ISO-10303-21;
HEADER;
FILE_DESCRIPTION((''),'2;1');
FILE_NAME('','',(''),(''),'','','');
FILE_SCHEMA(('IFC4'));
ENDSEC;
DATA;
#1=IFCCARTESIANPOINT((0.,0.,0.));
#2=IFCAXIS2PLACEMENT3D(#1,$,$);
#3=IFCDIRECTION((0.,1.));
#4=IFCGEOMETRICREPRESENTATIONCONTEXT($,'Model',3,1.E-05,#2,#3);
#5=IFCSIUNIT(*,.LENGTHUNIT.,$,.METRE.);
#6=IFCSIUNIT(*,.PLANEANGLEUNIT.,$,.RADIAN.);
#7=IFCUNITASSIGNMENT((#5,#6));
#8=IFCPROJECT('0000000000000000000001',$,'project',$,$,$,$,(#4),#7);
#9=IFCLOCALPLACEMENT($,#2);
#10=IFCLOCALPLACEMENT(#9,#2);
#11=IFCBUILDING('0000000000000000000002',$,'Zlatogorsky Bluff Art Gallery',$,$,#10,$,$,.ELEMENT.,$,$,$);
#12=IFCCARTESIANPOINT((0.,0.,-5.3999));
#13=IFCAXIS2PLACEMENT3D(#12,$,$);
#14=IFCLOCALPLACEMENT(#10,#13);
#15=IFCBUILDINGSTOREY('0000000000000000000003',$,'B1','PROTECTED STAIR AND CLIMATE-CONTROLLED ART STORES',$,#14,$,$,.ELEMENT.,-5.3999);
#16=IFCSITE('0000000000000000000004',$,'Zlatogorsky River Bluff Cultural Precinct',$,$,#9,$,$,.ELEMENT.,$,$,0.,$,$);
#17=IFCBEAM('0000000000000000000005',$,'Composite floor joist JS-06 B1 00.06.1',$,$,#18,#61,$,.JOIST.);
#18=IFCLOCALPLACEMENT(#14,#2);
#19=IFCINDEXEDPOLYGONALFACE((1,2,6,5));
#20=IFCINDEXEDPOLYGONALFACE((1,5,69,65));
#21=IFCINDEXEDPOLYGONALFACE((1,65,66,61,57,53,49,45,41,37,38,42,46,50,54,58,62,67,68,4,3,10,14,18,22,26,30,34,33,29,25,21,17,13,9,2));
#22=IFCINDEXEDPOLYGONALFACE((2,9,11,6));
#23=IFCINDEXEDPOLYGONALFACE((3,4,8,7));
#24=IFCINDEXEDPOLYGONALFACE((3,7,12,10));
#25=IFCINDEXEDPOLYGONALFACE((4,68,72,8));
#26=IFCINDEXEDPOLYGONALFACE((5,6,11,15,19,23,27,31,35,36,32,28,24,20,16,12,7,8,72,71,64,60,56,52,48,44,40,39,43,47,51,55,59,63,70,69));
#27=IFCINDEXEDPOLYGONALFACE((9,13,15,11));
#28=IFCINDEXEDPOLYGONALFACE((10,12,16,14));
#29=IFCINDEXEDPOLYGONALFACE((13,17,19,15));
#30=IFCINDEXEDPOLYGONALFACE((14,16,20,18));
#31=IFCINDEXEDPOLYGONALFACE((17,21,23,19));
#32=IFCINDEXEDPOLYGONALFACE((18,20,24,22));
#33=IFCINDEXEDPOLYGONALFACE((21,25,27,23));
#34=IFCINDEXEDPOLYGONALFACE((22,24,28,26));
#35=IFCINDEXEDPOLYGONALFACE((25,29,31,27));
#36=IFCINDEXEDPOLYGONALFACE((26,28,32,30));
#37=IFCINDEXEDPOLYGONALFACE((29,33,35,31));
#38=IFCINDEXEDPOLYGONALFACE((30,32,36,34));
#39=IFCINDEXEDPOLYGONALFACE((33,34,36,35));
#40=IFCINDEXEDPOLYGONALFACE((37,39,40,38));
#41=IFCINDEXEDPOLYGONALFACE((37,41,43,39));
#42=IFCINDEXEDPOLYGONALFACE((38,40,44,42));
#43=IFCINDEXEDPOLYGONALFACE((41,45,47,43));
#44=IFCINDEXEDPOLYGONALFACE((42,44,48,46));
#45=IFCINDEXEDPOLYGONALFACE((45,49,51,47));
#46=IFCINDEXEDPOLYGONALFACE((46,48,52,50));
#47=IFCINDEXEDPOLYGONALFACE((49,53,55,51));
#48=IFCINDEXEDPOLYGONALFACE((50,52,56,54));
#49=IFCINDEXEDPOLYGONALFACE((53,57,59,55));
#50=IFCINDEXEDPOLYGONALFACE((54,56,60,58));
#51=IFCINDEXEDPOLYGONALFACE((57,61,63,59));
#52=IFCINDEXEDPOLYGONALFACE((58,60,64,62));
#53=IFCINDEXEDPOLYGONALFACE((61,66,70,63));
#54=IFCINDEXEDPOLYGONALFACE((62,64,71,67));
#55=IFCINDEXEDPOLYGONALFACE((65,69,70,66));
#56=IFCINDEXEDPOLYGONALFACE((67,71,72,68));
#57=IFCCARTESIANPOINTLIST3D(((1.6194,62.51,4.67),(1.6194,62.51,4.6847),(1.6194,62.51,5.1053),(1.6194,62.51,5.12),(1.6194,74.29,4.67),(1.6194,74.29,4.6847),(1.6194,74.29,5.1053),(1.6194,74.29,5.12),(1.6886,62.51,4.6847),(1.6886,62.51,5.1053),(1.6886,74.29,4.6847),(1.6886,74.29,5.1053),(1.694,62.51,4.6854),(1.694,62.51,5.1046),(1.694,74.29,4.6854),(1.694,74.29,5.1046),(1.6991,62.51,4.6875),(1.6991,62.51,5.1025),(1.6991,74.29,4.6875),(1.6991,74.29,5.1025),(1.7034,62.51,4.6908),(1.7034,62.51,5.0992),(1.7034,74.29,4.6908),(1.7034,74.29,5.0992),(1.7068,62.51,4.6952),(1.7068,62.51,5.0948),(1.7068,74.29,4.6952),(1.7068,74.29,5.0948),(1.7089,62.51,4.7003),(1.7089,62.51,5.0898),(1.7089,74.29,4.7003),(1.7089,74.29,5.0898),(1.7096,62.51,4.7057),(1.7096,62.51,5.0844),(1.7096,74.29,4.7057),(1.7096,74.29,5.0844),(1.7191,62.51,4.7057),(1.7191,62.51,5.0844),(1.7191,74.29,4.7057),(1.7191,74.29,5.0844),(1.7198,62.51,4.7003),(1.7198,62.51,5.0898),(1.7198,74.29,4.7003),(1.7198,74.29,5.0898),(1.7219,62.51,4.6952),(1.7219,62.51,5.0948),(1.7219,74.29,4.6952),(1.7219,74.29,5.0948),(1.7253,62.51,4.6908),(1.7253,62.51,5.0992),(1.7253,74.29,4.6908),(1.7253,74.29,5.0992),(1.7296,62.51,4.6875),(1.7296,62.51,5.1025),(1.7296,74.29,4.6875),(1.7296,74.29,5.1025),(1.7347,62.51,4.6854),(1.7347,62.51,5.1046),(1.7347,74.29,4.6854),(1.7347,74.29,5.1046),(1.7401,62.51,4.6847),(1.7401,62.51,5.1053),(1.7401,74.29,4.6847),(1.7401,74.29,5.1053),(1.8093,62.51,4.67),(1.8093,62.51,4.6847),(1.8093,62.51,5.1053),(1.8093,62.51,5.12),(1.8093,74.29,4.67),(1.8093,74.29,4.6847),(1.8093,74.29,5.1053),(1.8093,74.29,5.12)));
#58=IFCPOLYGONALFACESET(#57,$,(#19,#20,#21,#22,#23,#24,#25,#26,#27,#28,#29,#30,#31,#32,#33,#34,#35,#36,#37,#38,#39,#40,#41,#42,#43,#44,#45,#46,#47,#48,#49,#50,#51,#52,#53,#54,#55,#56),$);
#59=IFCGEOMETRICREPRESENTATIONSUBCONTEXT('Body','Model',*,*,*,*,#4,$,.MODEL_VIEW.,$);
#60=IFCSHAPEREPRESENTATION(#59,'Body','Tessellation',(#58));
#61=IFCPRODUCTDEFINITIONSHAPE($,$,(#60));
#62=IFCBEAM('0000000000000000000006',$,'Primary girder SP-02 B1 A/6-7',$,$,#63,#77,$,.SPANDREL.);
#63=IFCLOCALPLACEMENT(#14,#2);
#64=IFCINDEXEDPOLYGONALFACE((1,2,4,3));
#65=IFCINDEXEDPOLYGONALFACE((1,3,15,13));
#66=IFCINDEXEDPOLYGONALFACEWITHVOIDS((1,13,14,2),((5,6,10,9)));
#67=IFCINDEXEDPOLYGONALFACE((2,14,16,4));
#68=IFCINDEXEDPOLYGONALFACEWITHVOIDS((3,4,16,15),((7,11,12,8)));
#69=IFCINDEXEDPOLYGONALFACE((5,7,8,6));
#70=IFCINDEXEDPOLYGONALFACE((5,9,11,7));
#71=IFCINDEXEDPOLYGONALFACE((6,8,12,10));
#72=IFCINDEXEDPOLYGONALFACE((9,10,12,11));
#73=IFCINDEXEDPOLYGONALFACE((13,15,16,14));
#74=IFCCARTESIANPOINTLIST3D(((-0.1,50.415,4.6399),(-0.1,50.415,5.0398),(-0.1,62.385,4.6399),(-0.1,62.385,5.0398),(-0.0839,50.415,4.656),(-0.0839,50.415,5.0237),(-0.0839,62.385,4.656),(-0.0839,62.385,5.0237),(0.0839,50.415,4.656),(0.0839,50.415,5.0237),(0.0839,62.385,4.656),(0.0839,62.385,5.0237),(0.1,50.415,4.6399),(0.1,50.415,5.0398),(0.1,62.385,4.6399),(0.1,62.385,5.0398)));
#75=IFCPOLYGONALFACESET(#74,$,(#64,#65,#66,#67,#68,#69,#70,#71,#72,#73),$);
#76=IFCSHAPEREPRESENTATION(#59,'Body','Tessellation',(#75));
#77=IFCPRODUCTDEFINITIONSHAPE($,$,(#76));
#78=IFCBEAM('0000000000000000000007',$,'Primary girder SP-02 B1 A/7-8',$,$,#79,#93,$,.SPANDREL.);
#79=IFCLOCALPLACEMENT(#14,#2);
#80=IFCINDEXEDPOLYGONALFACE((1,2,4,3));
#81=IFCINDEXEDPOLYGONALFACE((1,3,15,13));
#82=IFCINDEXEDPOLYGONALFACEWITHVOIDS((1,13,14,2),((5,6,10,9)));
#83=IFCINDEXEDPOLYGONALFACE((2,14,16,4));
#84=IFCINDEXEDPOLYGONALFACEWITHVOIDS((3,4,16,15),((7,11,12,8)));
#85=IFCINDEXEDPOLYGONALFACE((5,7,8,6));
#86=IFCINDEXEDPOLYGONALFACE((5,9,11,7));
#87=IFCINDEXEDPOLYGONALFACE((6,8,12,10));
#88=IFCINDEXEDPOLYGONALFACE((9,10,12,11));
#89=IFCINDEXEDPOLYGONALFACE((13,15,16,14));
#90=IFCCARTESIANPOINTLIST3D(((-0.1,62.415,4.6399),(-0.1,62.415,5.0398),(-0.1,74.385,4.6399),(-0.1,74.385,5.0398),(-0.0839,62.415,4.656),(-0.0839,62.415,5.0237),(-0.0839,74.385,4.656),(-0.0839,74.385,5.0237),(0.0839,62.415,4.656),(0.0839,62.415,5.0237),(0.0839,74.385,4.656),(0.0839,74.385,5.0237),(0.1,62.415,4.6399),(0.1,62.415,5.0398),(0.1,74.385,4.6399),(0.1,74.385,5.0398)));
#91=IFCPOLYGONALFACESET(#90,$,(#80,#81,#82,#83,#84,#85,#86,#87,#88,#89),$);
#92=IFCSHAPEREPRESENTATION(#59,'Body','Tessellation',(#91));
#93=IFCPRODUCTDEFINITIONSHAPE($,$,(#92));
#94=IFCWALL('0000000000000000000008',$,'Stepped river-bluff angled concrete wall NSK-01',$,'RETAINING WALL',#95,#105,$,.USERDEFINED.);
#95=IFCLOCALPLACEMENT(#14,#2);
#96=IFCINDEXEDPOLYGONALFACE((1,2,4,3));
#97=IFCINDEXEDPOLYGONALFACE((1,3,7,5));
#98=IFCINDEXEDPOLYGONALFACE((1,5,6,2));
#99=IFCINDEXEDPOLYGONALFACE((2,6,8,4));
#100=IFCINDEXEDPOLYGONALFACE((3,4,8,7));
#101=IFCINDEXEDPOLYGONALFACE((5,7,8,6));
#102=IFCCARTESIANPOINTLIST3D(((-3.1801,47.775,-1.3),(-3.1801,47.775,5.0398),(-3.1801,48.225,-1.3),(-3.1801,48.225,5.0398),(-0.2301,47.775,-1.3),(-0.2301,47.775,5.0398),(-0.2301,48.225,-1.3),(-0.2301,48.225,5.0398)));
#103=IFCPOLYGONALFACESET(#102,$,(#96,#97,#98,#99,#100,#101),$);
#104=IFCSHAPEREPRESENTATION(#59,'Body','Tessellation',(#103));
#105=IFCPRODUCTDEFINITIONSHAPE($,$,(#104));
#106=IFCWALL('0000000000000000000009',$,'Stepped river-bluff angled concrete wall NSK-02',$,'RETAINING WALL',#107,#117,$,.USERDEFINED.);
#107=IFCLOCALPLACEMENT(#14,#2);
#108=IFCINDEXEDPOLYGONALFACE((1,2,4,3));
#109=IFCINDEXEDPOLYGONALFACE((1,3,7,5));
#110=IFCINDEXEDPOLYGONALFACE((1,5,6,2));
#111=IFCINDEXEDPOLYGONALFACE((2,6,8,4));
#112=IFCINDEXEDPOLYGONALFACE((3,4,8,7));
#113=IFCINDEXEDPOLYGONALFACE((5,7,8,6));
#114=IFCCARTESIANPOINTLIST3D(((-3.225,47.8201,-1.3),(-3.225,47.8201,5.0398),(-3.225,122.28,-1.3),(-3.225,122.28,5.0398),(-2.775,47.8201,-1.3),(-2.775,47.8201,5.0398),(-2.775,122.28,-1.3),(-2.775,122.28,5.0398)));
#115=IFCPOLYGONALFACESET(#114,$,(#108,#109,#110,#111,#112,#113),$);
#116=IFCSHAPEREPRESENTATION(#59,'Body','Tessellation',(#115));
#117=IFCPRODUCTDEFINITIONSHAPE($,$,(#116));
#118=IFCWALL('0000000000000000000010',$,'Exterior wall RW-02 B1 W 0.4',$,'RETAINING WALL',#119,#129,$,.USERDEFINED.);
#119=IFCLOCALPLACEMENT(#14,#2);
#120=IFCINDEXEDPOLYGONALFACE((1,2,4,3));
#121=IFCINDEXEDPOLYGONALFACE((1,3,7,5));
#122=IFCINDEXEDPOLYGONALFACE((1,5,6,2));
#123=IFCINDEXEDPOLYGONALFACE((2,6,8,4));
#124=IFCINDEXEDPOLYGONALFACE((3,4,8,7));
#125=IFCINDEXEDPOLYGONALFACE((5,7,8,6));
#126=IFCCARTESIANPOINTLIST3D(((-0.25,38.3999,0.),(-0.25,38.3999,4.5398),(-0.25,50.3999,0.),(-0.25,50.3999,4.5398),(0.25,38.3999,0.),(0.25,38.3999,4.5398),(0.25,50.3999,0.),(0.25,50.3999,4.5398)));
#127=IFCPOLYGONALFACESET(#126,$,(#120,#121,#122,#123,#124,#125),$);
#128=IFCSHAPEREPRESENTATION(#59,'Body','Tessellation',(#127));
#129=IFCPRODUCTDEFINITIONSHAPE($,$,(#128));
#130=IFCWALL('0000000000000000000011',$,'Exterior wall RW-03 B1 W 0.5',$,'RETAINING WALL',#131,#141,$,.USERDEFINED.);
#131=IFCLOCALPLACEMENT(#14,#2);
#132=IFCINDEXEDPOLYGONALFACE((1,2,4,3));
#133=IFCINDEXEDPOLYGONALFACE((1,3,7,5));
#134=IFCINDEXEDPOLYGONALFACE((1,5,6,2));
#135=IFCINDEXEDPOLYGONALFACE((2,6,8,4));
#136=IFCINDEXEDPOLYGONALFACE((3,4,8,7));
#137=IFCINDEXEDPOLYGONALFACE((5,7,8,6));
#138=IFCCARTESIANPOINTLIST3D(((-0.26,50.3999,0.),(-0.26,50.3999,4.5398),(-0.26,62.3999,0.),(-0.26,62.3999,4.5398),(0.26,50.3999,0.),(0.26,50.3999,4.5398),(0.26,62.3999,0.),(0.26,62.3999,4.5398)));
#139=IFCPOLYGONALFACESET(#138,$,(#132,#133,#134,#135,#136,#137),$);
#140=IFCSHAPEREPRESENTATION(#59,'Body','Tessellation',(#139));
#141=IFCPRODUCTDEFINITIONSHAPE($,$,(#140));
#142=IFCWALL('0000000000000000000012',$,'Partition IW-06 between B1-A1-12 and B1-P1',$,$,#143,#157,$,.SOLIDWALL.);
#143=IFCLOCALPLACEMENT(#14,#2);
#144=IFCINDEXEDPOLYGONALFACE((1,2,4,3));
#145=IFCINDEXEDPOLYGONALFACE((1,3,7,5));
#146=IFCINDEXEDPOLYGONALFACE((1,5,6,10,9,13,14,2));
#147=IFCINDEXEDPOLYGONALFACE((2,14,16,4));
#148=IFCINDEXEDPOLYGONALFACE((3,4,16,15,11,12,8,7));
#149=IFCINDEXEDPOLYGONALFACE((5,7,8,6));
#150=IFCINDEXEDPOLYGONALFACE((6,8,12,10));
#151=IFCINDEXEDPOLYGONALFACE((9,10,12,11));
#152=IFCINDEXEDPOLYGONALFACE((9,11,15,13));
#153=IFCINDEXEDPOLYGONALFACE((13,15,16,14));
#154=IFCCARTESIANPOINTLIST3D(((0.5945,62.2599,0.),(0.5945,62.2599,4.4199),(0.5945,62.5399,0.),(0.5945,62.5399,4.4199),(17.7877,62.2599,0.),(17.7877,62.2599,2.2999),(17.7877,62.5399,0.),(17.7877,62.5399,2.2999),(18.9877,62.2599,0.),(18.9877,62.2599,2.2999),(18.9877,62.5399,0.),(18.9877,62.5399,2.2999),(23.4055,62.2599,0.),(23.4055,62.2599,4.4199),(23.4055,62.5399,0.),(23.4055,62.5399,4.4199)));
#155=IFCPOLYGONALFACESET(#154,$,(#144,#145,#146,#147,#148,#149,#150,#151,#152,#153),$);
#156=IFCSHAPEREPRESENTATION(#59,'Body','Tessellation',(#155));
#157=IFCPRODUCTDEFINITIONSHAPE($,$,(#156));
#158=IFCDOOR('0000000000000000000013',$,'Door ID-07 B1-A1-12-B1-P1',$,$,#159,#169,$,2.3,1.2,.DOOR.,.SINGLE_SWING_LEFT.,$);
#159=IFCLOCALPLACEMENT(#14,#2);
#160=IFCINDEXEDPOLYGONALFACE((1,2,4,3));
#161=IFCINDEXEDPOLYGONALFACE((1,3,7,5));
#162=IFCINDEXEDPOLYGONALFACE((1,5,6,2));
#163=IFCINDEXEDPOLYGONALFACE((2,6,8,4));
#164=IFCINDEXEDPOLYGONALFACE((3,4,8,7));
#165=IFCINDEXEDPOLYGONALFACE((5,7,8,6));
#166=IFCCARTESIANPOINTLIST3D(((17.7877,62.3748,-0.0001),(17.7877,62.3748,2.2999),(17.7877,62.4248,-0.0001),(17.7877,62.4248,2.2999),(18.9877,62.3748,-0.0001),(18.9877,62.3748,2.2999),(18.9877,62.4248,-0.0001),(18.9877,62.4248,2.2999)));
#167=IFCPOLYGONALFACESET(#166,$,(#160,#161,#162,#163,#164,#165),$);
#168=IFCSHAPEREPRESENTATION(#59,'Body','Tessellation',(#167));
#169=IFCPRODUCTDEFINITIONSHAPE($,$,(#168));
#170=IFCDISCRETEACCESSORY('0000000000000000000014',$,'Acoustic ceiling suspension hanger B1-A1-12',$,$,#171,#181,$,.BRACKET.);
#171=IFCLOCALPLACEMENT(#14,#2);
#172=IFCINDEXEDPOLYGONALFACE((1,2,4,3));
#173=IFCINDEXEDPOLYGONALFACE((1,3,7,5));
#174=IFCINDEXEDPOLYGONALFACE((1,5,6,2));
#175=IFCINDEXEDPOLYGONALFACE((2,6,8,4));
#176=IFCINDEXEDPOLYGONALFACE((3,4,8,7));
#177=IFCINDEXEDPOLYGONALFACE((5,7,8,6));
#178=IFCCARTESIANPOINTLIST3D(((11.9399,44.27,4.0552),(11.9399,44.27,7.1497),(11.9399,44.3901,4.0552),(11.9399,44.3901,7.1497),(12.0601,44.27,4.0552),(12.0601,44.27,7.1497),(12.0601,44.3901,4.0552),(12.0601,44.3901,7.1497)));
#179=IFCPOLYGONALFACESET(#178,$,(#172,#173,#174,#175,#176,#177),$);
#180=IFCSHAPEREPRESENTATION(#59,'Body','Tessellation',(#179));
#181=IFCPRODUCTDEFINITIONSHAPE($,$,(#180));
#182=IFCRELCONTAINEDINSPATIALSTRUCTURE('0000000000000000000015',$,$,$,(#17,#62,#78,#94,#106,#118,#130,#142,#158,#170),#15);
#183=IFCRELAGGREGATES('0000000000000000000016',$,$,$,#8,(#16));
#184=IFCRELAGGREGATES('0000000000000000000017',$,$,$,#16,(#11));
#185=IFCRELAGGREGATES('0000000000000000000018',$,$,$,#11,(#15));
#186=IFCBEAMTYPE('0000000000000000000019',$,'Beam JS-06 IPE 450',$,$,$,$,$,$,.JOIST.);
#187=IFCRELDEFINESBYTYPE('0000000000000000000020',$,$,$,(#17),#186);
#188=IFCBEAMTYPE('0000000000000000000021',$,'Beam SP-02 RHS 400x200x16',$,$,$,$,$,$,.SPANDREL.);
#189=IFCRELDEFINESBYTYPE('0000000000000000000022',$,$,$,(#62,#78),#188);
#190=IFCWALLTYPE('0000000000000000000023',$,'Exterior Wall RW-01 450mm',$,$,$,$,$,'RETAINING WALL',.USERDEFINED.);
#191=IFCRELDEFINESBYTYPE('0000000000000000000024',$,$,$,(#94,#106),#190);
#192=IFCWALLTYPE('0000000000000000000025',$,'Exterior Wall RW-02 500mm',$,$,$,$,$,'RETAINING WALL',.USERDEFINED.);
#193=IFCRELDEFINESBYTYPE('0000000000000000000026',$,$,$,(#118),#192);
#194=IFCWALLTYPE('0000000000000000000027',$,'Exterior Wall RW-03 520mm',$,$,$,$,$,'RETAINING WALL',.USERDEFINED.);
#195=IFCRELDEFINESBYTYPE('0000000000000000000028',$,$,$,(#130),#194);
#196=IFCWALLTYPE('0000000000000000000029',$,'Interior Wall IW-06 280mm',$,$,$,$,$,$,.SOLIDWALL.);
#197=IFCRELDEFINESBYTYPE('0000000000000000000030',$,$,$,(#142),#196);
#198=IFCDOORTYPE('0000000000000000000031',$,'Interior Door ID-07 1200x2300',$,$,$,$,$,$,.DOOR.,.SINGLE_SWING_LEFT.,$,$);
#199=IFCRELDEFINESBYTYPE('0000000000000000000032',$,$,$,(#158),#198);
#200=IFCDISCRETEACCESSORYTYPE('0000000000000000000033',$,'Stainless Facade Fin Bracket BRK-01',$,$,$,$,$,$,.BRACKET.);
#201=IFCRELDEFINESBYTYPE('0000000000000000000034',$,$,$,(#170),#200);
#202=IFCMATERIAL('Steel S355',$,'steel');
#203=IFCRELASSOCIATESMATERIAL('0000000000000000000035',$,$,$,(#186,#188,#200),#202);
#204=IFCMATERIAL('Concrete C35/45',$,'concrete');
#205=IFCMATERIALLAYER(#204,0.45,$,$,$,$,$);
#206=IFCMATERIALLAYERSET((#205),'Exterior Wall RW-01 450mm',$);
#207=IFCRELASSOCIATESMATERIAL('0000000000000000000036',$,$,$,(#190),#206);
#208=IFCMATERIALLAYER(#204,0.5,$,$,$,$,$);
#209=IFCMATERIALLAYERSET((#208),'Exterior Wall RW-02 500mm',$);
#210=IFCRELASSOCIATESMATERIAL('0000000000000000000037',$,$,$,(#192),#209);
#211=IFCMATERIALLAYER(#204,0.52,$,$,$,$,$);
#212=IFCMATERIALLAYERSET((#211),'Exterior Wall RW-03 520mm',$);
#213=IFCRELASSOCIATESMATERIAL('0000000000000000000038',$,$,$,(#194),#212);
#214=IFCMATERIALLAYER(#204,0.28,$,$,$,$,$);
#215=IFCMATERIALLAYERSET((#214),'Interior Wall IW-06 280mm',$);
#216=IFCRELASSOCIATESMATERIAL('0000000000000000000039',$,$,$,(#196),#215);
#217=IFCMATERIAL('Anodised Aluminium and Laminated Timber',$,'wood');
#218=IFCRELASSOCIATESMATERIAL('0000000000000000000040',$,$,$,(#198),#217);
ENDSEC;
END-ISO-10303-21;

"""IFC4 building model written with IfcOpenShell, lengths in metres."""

from ifc_helpers import new_model, si_unit, direction, frame, frame_2d, origin, origin_2d, place, context, subcontext, project, spatial, rectangle, hollow_rectangle, i_section, extrude, material, layer, layer_set, material_profile, profile_set, type_object, element, fill, save


model = new_model("IFC4")

# Units and contexts
model_context = context("Model", 3, precision=1e-05, world=origin(), true_north=direction((0.0, 1.0)))
body_context = subcontext(model_context, "Body", "Model", "MODEL_VIEW")
ifc_project = project(units=[si_unit("LENGTHUNIT", "METRE"), si_unit("PLANEANGLEUNIT", "RADIAN")], contexts=[model_context])

# Site, building, storey
site_placement = place(None, origin())
site = spatial("IfcSite", under=ifc_project, at=site_placement, Name="Zlatogorsky River Bluff Cultural Precinct", CompositionType="ELEMENT", RefElevation=0.0)
building_placement = place(site_placement, origin())
building = spatial("IfcBuilding", under=site, at=building_placement, Name="Zlatogorsky Bluff Art Gallery", CompositionType="ELEMENT")
storey_placement = place(building_placement, frame((0.0, 0.0, -5.3999)))
storey = spatial("IfcBuildingStorey", under=building, at=storey_placement, Name="B1", Description="PROTECTED STAIR AND CLIMATE-CONTROLLED ART STORES", CompositionType="ELEMENT", Elevation=-5.3999)

# Shared definitions
ifc_material_1 = material(Name="Concrete C35/45", Category="concrete")

# Shared definitions
ifc_material_2 = material(Name="Steel S355", Category="steel")

# Beams
ifc_material_profile_1 = material_profile(ifc_material_2, i_section(OverallWidth=0.1899, OverallDepth=0.45, WebThickness=0.0095, FlangeThickness=0.0146, FilletRadius=0.021, at=origin_2d()), Name="IPE 450")
ifc_profile_set_1 = profile_set([ifc_material_profile_1], Name="Steel S355")
beam_type_1 = type_object("IfcBeamType", Name="Beam JS-06 IPE 450", PredefinedType="JOIST", material=ifc_profile_set_1)
beam_1_placement = place(storey_placement, frame((1.7144, 62.51, 4.895), z_axis=(0.0, 1.0, 0.0), x_axis=(-1.0, 0.0, 0.0)))
element("IfcBeam", 1, at=beam_1_placement, inside=storey, type_object=beam_type_1, Name="Composite floor joist JS-06 B1 00.06.1", PredefinedType="JOIST", context=body_context, shape_type="SweptSolid", body=[
    extrude(i_section(OverallWidth=0.1899, OverallDepth=0.45, WebThickness=0.0095, FlangeThickness=0.0146, FilletRadius=0.021, at=origin_2d()), origin(), (0.0, 0.0, 1.0), 11.78),
])
ifc_material_profile_2 = material_profile(ifc_material_2, hollow_rectangle(XDim=0.2, YDim=0.3999, WallThickness=0.0161, at=origin_2d()), Name="RHS 400x200x16")
ifc_profile_set_2 = profile_set([ifc_material_profile_2], Name="Steel S355")
beam_type_2 = type_object("IfcBeamType", Name="Beam SP-02 RHS 400x200x16", PredefinedType="SPANDREL", material=ifc_profile_set_2)
for number, where, z_axis, x_axis, name in (
    (2, (0.0, 50.415, 4.8398), (0.0, 1.0, 0.0), (-1.0, 0.0, 0.0), "Primary girder SP-02 B1 A/6-7"),
    (3, (0.0, 62.415, 4.8398), (0.0, 1.0, 0.0), (-1.0, 0.0, 0.0), "Primary girder SP-02 B1 A/7-8"),
):
    element("IfcBeam", number, at=place(storey_placement, frame(where, z_axis=z_axis, x_axis=x_axis)), inside=storey, type_object=beam_type_2, Name=name, PredefinedType="SPANDREL", context=body_context, shape_type="SweptSolid", body=[
        extrude(hollow_rectangle(XDim=0.2, YDim=0.3999, WallThickness=0.0161, at=origin_2d()), origin(), (0.0, 0.0, 1.0), 11.97),
    ])

# Walls
ifc_layer_1 = layer(ifc_material_1, 0.45)
ifc_layer_set_1 = layer_set([ifc_layer_1], Name="Exterior Wall RW-01 450mm")
wall_type_1 = type_object("IfcWallType", Name="Exterior Wall RW-01 450mm", ElementType="RETAINING WALL", PredefinedType="USERDEFINED", material=ifc_layer_set_1)
wall_1_placement = place(storey_placement, frame((-0.23, 48.0, -1.3), z_axis=(0.0, 0.0, 1.0), x_axis=(-1.0, 0.0, 0.0)))
element("IfcWall", 4, at=wall_1_placement, inside=storey, type_object=wall_type_1, Name="Stepped river-bluff angled concrete wall NSK-01", ObjectType="RETAINING WALL", PredefinedType="USERDEFINED", context=body_context, shape_type="SweptSolid", body=[
    extrude(rectangle(XDim=2.95, YDim=0.45, at=frame_2d((1.4751, 0.0))), origin(), (0.0, 0.0, 1.0), 6.3398),
])
wall_2_placement = place(storey_placement, frame((-3.0, 47.8201, -1.3), z_axis=(0.0, 0.0, 1.0), x_axis=(0.0, 1.0, 0.0)))
element("IfcWall", 5, at=wall_2_placement, inside=storey, type_object=wall_type_1, Name="Stepped river-bluff angled concrete wall NSK-02", ObjectType="RETAINING WALL", PredefinedType="USERDEFINED", context=body_context, shape_type="SweptSolid", body=[
    extrude(rectangle(XDim=74.46, YDim=0.45, at=frame_2d((37.23, 0.0))), origin(), (0.0, 0.0, 1.0), 6.3398),
])
ifc_layer_2 = layer(ifc_material_1, 0.5)
ifc_layer_set_2 = layer_set([ifc_layer_2], Name="Exterior Wall RW-02 500mm")
wall_type_2 = type_object("IfcWallType", Name="Exterior Wall RW-02 500mm", ElementType="RETAINING WALL", PredefinedType="USERDEFINED", material=ifc_layer_set_2)
wall_3_placement = place(storey_placement, frame((0.0, 50.3999, 0.0), z_axis=(0.0, 0.0, 1.0), x_axis=(0.0, -1.0, 0.0)))
element("IfcWall", 6, at=wall_3_placement, inside=storey, type_object=wall_type_2, Name="Exterior wall RW-02 B1 W 0.4", ObjectType="RETAINING WALL", PredefinedType="USERDEFINED", context=body_context, shape_type="SweptSolid", body=[
    extrude(rectangle(XDim=12.0, YDim=0.5, at=frame_2d((6.0, 0.0))), origin(), (0.0, 0.0, 1.0), 4.5398),
])
ifc_layer_3 = layer(ifc_material_1, 0.52)
ifc_layer_set_3 = layer_set([ifc_layer_3], Name="Exterior Wall RW-03 520mm")
wall_type_3 = type_object("IfcWallType", Name="Exterior Wall RW-03 520mm", ElementType="RETAINING WALL", PredefinedType="USERDEFINED", material=ifc_layer_set_3)
wall_4_placement = place(storey_placement, frame((0.0, 62.3999, 0.0), z_axis=(0.0, 0.0, 1.0), x_axis=(0.0, -1.0, 0.0)))
element("IfcWall", 7, at=wall_4_placement, inside=storey, type_object=wall_type_3, Name="Exterior wall RW-03 B1 W 0.5", ObjectType="RETAINING WALL", PredefinedType="USERDEFINED", context=body_context, shape_type="SweptSolid", body=[
    extrude(rectangle(XDim=12.0, YDim=0.52, at=frame_2d((6.0, 0.0))), origin(), (0.0, 0.0, 1.0), 4.5398),
])

# Wall, opening, door
ifc_layer_4 = layer(ifc_material_1, 0.28)
ifc_layer_set_4 = layer_set([ifc_layer_4], Name="Interior Wall IW-06 280mm")
wall_type_4 = type_object("IfcWallType", Name="Interior Wall IW-06 280mm", PredefinedType="SOLIDWALL", material=ifc_layer_set_4)
wall_5_placement = place(storey_placement, frame((0.5945, 62.3999, 0.0), z_axis=(0.0, 0.0, 1.0), x_axis=(1.0, 0.0, 0.0)))
wall_5 = element("IfcWall", 8, at=wall_5_placement, inside=storey, type_object=wall_type_4, Name="Partition IW-06 between B1-A1-12 and B1-P1", PredefinedType="SOLIDWALL", context=body_context, shape_type="SweptSolid", body=[
    extrude(rectangle(XDim=22.811, YDim=0.28, at=frame_2d((11.4055, 0.0))), origin(), (0.0, 0.0, 1.0), 4.4199),
])
opening_placement = place(wall_5_placement, frame((17.1931, 0.0, 0.0)))
opening = element("IfcOpeningElement", 9, at=opening_placement, cuts=wall_5, PredefinedType="OPENING", context=body_context, shape_type="SweptSolid", body=[
    extrude(rectangle(XDim=1.2, YDim=2.3, at=frame_2d((0.6001, 1.1499))), frame((0.0, 0.1499, 0.0), z_axis=(0.0, -1.0, 0.0), x_axis=(1.0, 0.0, 0.0)), (0.0, 0.0, 1.0), 0.3),
])
ifc_material_3 = material(Name="Anodised Aluminium and Laminated Timber", Category="wood")
door_type = type_object("IfcDoorType", Name="Interior Door ID-07 1200x2300", OperationType="SINGLE_SWING_LEFT", PredefinedType="DOOR", material=ifc_material_3)
door_placement = place(opening_placement, origin())
door = element("IfcDoor", 10, at=door_placement, inside=storey, type_object=door_type, Name="Door ID-07 B1-A1-12-B1-P1", OperationType="SINGLE_SWING_LEFT", OverallHeight=2.3, OverallWidth=1.2, PredefinedType="DOOR", context=body_context, shape_type="SweptSolid", body=[
    extrude(rectangle(XDim=1.2, YDim=2.3, at=frame_2d((0.6001, 1.1499))), frame((0.0, 0.0249, 0.0), z_axis=(0.0, -1.0, 0.0), x_axis=(1.0, 0.0, 0.0)), (0.0, 0.0, 1.0), 0.05),
])
fill(opening, door)

# Discrete accessory
discrete_accessory_type = type_object("IfcDiscreteAccessoryType", Name="Stainless Facade Fin Bracket BRK-01", PredefinedType="BRACKET", material=ifc_material_2)
discrete_accessory_placement = place(storey_placement, frame((12.0, 44.3301, 4.0552), z_axis=(0.0, 0.0, 1.0), x_axis=(1.0, 0.0, 0.0)))
element("IfcDiscreteAccessory", 11, at=discrete_accessory_placement, inside=storey, type_object=discrete_accessory_type, Name="Acoustic ceiling suspension hanger B1-A1-12", PredefinedType="BRACKET", context=body_context, shape_type="SweptSolid", body=[
    extrude(rectangle(XDim=0.1201, YDim=0.1201, at=origin_2d()), origin(), (0.0, 0.0, 1.0), 3.0945),
])

save(model, "model.ifc")
